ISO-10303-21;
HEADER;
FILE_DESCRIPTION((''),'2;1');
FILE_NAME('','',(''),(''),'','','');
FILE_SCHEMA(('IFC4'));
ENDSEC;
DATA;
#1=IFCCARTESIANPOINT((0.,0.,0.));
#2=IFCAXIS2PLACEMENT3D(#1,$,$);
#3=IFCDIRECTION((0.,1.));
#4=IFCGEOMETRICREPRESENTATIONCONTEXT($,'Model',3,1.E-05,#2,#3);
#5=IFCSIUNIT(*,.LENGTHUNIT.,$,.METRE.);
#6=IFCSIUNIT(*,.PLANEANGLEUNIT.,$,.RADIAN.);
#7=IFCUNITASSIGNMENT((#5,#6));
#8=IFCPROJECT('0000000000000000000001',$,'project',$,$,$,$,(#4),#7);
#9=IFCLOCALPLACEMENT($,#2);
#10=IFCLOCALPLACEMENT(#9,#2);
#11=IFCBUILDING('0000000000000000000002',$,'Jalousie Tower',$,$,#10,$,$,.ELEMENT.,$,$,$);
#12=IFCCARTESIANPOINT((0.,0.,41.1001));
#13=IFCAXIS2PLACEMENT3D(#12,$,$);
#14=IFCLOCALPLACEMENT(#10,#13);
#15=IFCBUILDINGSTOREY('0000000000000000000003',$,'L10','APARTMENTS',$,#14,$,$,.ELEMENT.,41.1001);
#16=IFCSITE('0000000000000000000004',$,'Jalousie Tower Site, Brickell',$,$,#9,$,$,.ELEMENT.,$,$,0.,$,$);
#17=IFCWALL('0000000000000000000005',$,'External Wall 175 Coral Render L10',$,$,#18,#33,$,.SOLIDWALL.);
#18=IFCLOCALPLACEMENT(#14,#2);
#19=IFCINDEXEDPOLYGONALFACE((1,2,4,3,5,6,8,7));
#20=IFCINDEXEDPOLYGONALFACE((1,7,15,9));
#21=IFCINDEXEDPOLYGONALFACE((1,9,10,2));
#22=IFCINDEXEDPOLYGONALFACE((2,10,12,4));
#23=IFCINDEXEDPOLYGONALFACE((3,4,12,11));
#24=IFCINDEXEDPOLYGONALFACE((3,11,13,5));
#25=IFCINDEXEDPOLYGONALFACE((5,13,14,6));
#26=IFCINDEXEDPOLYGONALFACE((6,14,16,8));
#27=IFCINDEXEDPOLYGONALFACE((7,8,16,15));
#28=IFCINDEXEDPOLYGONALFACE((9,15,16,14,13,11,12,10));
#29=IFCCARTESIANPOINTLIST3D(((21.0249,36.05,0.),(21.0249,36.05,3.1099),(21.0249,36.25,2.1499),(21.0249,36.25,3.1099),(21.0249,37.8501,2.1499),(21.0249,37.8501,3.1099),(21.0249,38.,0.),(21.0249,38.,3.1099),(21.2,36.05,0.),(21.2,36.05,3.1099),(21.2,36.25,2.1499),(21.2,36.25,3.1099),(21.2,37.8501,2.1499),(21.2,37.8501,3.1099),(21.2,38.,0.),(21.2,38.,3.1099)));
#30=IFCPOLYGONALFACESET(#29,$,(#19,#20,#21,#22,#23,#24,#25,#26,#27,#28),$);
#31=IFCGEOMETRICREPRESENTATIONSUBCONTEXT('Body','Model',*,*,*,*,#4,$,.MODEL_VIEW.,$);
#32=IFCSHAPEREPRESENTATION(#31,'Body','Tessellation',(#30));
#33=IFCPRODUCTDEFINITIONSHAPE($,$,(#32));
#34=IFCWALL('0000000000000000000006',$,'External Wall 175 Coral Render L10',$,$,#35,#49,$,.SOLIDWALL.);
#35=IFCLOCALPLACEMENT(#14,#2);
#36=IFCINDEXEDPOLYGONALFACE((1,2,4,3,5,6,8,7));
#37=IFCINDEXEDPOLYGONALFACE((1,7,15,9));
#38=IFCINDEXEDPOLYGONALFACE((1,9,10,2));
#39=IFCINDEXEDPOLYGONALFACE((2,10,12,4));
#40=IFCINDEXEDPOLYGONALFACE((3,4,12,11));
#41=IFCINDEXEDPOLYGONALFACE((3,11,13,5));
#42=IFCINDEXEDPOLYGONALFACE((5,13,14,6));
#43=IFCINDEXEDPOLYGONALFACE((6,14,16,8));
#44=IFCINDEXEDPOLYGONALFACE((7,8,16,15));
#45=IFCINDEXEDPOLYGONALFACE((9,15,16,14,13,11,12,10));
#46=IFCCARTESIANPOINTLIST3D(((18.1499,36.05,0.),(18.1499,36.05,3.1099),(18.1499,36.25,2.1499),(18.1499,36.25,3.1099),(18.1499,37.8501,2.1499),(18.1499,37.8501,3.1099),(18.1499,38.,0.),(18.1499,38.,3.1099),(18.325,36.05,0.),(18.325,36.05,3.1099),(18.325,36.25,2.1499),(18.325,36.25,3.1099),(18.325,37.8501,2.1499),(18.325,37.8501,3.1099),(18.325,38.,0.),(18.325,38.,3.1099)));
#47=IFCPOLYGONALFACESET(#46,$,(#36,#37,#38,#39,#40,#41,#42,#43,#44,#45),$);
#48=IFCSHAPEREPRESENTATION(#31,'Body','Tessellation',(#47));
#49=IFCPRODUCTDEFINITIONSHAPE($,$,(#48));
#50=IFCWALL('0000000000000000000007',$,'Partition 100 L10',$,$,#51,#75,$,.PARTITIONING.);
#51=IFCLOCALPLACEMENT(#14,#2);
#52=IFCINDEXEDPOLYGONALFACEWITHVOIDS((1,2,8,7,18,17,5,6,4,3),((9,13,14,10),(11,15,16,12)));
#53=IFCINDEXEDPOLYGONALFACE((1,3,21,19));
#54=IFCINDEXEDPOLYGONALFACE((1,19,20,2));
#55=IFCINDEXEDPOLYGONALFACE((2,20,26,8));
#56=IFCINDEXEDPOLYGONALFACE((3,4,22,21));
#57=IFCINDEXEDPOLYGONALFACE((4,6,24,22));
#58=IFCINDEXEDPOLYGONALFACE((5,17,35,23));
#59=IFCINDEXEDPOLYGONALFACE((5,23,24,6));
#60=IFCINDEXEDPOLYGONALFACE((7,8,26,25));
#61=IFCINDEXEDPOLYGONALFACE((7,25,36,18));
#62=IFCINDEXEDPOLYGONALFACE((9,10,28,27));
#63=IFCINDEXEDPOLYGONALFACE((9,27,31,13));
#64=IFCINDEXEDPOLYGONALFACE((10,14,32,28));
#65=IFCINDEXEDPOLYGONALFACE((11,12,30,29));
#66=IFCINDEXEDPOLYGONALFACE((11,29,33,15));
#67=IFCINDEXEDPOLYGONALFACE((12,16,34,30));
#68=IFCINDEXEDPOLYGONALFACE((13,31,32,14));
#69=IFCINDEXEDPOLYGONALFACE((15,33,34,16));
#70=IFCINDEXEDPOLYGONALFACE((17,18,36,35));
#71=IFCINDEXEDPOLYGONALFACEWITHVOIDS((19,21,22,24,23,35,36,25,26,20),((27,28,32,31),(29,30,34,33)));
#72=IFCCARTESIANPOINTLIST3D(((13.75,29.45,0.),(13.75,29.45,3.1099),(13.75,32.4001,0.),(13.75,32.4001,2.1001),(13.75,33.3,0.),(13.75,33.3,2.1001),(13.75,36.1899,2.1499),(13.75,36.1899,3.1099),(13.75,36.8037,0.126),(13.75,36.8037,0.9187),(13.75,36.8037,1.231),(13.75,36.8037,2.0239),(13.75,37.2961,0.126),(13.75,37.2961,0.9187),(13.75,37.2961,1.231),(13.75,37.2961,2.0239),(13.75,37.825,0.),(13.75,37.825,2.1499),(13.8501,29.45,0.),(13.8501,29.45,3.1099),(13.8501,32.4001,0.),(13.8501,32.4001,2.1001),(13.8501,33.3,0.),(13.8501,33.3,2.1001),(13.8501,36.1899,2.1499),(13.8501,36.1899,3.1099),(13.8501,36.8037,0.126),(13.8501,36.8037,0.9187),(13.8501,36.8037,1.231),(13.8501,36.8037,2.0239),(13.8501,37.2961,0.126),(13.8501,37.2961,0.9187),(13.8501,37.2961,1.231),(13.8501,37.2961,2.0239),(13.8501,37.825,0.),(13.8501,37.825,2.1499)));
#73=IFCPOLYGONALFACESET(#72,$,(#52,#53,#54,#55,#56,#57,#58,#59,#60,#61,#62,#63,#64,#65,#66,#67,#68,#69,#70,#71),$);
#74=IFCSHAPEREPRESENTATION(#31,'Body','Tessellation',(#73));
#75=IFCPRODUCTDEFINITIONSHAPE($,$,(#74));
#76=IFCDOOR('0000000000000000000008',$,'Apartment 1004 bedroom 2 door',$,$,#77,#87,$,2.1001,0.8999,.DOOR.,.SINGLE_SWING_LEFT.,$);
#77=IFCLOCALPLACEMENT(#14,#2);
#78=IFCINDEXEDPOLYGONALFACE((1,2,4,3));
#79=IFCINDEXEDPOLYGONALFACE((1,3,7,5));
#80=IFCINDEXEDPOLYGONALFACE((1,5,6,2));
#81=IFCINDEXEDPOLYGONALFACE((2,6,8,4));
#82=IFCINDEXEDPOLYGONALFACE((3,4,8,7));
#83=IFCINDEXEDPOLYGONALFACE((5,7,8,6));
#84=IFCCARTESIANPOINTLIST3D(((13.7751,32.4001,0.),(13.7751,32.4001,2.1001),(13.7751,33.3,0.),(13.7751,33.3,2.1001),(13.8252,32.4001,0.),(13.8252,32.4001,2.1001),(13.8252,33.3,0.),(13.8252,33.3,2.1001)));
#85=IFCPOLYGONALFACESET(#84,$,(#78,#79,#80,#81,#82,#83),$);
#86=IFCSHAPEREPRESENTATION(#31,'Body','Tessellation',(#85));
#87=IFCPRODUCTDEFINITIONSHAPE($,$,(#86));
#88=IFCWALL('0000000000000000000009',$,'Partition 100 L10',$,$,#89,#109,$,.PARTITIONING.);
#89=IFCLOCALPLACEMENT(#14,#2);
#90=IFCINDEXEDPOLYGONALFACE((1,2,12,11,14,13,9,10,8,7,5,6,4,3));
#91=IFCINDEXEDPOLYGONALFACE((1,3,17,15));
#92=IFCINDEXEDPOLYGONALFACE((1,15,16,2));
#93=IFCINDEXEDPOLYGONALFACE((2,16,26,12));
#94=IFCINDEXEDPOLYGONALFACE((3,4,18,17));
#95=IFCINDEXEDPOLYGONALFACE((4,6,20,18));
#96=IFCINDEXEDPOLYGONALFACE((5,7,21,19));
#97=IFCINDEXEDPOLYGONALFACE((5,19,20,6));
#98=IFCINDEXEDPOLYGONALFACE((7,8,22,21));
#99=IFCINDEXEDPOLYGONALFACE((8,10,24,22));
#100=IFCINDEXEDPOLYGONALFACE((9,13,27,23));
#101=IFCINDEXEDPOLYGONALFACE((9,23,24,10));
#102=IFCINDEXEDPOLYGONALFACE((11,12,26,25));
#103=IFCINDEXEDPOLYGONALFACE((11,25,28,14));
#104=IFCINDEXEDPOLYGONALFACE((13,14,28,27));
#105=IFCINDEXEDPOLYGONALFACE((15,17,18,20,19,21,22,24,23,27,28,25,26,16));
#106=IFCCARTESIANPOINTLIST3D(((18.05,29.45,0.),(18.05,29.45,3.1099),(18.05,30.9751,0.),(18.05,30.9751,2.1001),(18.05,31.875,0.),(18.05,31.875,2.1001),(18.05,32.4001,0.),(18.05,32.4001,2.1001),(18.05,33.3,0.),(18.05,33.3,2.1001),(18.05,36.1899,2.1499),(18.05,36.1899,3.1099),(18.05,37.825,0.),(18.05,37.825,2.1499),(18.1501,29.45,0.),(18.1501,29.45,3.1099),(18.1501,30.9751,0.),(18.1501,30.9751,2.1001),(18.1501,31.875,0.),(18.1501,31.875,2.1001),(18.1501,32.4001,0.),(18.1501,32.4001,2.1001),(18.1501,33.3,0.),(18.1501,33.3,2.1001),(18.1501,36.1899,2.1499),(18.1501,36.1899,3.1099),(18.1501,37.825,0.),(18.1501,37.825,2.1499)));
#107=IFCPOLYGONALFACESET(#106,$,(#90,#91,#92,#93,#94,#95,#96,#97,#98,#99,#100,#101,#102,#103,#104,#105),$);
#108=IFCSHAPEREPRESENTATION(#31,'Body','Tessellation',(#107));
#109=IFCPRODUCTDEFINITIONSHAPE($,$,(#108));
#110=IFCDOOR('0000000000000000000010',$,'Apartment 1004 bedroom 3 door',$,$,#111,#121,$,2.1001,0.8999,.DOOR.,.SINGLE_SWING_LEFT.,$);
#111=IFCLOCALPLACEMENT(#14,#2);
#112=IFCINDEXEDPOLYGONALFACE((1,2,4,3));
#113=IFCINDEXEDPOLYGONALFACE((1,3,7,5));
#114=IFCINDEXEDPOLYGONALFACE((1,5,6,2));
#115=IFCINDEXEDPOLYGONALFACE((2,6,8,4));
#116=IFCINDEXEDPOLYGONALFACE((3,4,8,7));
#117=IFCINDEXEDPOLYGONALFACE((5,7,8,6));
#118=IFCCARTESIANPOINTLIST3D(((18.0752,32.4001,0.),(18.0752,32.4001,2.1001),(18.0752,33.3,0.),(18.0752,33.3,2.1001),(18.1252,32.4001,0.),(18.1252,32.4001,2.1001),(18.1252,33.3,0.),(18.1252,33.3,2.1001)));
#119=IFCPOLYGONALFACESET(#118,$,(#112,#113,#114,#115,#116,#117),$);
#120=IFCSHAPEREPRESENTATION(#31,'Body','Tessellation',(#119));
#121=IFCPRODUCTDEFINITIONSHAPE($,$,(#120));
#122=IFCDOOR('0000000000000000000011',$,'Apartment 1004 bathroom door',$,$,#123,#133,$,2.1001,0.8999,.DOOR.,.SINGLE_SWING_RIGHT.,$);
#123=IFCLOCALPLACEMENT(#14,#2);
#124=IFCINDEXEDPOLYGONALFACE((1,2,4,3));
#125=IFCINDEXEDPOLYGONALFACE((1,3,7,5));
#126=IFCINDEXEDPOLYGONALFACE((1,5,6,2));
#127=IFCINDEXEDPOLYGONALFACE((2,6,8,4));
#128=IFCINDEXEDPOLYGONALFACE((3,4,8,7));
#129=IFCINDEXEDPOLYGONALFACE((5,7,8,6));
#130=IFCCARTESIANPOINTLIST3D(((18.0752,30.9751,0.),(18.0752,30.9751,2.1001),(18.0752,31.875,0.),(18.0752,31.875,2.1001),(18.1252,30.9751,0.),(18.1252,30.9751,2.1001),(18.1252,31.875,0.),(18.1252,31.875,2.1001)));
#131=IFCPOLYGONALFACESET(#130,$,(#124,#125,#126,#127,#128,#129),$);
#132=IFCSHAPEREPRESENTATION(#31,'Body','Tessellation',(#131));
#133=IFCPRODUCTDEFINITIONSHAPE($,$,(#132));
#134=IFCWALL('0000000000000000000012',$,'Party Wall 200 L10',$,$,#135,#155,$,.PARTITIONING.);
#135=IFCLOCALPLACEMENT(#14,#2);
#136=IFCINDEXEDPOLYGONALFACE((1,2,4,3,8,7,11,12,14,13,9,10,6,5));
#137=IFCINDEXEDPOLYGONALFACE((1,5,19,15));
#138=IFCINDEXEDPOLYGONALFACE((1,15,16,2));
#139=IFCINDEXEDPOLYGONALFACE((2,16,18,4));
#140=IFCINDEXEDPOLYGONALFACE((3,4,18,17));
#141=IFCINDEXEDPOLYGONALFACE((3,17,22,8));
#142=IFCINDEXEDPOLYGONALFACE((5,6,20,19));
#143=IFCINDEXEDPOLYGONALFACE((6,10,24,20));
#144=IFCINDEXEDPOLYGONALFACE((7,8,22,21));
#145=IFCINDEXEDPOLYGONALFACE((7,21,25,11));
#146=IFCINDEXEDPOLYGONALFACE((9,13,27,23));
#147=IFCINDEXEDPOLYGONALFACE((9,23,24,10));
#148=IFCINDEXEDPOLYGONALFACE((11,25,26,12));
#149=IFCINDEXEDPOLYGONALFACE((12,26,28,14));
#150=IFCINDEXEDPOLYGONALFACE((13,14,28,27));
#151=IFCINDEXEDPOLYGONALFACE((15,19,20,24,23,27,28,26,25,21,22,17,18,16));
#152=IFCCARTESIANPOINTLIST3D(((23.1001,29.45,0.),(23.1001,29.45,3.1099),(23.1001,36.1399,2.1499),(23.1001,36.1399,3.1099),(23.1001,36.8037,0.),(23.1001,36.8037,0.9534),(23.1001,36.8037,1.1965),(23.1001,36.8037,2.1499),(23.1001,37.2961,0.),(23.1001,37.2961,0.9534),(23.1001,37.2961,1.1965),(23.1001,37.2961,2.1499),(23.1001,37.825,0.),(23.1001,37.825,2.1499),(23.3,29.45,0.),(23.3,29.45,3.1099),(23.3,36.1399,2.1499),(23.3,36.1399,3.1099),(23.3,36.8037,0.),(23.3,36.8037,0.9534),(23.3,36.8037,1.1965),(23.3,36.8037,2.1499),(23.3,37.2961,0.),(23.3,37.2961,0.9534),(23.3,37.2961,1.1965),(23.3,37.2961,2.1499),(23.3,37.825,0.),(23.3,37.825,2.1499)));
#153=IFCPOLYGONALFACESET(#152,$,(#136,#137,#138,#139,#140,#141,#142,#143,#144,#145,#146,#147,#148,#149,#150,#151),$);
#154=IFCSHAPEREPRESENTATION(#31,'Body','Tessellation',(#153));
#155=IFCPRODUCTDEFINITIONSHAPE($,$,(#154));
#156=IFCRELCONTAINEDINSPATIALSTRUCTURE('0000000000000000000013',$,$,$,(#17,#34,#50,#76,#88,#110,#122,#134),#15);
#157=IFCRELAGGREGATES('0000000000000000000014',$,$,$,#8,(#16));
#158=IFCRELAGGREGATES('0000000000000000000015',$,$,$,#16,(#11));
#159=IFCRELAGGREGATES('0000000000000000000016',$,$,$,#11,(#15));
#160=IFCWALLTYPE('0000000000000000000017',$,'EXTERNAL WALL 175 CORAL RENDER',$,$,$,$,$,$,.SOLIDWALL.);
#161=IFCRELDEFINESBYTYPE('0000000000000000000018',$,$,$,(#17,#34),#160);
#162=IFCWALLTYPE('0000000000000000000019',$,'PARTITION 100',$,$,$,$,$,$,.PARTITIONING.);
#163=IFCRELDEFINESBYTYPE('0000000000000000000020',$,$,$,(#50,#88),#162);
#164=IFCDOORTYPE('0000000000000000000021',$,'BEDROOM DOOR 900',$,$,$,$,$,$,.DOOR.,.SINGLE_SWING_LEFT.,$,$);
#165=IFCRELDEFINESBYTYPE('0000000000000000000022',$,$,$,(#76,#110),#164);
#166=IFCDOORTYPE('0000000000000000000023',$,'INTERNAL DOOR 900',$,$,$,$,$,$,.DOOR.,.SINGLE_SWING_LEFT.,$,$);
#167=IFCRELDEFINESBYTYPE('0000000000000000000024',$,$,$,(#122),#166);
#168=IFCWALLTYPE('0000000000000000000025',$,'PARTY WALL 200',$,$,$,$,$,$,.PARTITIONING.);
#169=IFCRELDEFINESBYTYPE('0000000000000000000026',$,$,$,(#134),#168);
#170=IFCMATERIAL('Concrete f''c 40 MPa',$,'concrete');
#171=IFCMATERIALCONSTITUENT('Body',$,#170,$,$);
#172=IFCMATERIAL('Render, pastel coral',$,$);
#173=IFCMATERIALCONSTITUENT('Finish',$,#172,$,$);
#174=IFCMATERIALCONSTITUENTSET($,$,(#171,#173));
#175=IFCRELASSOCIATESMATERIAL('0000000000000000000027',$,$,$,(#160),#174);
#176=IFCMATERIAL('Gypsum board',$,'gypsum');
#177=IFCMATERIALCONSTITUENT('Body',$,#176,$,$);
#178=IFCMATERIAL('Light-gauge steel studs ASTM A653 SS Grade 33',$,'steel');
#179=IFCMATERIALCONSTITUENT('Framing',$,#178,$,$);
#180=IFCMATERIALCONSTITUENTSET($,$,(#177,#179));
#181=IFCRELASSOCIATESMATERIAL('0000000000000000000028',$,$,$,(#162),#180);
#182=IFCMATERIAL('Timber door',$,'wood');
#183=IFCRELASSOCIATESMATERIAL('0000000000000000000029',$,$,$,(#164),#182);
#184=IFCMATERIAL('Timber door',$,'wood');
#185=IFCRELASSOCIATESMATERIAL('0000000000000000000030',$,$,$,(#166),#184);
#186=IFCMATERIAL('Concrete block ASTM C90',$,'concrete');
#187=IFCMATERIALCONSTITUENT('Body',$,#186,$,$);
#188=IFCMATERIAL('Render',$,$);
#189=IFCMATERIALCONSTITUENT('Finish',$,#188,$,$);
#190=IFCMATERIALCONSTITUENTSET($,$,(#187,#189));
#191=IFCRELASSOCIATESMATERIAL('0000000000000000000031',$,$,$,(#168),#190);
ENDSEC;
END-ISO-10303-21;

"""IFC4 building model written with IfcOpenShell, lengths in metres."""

from ifc_helpers import new_model, si_unit, direction, frame, frame_2d, origin, place, context, subcontext, project, spatial, polyline, rectangle, outline, extrude, material, constituent, constituent_set, type_object, element, fill, save


model = new_model("IFC4")

# Units and contexts
model_context = context("Model", 3, precision=1e-05, world=origin(), true_north=direction((0.0, 1.0)))
body_context = subcontext(model_context, "Body", "Model", "MODEL_VIEW")
ifc_project = project(units=[si_unit("LENGTHUNIT", "METRE"), si_unit("PLANEANGLEUNIT", "RADIAN")], contexts=[model_context])

# Site, building, storey
site_placement = place(None, origin())
site = spatial("IfcSite", under=ifc_project, at=site_placement, Name="Jalousie Tower Site, Brickell", CompositionType="ELEMENT", RefElevation=0.0)
building_placement = place(site_placement, origin())
building = spatial("IfcBuilding", under=site, at=building_placement, Name="Jalousie Tower", CompositionType="ELEMENT")
storey_placement = place(building_placement, frame((0.0, 0.0, 41.1001)))
storey = spatial("IfcBuildingStorey", under=building, at=storey_placement, Name="L10", Description="APARTMENTS", CompositionType="ELEMENT", Elevation=41.1001)

# Shared definitions
ifc_material_1 = material(Name="Concrete f'c 40 MPa", Category="concrete")
ifc_constituent_1 = constituent(ifc_material_1, Name="Body")
ifc_material_2 = material(Name="Render, pastel coral")
ifc_constituent_2 = constituent(ifc_material_2, Name="Finish")
ifc_constituent_set_1 = constituent_set(constituents=[ifc_constituent_1, ifc_constituent_2])
wall_type_1 = type_object("IfcWallType", Name="EXTERNAL WALL 175 CORAL RENDER", PredefinedType="SOLIDWALL", material=ifc_constituent_set_1)

# Walls
for number, where, z_axis, x_axis, name in (
    (1, (21.1125, 38.0, 0.0), (0.0, 0.0, 1.0), (0.0, -1.0, 0.0), "External Wall 175 Coral Render L10"),
    (2, (18.2375, 38.0, 0.0), (0.0, 0.0, 1.0), (0.0, -1.0, 0.0), "External Wall 175 Coral Render L10"),
):
    element("IfcWall", number, at=place(storey_placement, frame(where, z_axis=z_axis, x_axis=x_axis)), inside=storey, type_object=wall_type_1, Name=name, PredefinedType="SOLIDWALL", context=body_context, shape_type="SweptSolid", body=[
        extrude(outline(polyline([(0.0, 0.0), (1.95, 0.0), (1.95, 3.1099), (1.75, 3.1099), (1.75, 2.1499), (0.1499, 2.1499), (0.1499, 3.1099), (0.0, 3.1099), (0.0, 0.0)])), frame((0.0, 0.0874, 0.0), z_axis=(0.0, -1.0, 0.0), x_axis=(1.0, 0.0, 0.0)), (0.0, 0.0, 1.0), 0.175),
    ])

# Wall, opening, door
ifc_material_3 = material(Name="Gypsum board", Category="gypsum")
ifc_constituent_3 = constituent(ifc_material_3, Name="Body")
ifc_material_4 = material(Name="Light-gauge steel studs ASTM A653 SS Grade 33", Category="steel")
ifc_constituent_4 = constituent(ifc_material_4, Name="Framing")
ifc_constituent_set_2 = constituent_set(constituents=[ifc_constituent_3, ifc_constituent_4])
wall_type_2 = type_object("IfcWallType", Name="PARTITION 100", PredefinedType="PARTITIONING", material=ifc_constituent_set_2)
wall_1_placement = place(storey_placement, frame((13.8, 37.825, 0.0), z_axis=(0.0, 0.0, 1.0), x_axis=(0.0, -1.0, 0.0)))
wall_1 = element("IfcWall", 3, at=wall_1_placement, inside=storey, type_object=wall_type_2, Name="Partition 100 L10", PredefinedType="PARTITIONING", context=body_context, shape_type="SweptSolid", body=[
    extrude(outline(polyline([(1.635, 2.1499), (0.0, 2.1499), (0.0, 0.0), (8.375, 0.0), (8.375, 3.1099), (1.635, 3.1099), (1.635, 2.1499)]), holes=[polyline([(1.0212, 0.126), (0.5288, 0.126), (0.5288, 0.9187), (1.0212, 0.9187), (1.0212, 0.126)]), polyline([(1.0212, 1.231), (0.5288, 1.231), (0.5288, 2.0239), (1.0212, 2.0239), (1.0212, 1.231)])]), frame((0.0, 0.05, 0.0), z_axis=(0.0, -1.0, 0.0), x_axis=(1.0, 0.0, 0.0)), (0.0, 0.0, 1.0), 0.1001),
])
opening_1_placement = place(wall_1_placement, frame((4.5249, 0.0, 0.0)))
opening_1 = element("IfcOpeningElement", 4, at=opening_1_placement, cuts=wall_1, PredefinedType="OPENING", context=body_context, shape_type="SweptSolid", body=[
    extrude(rectangle(XDim=0.8999, YDim=2.1001, at=frame_2d((0.45, 1.05))), frame((0.0, 0.0601, 0.0), z_axis=(0.0, -1.0, 0.0), x_axis=(1.0, 0.0, 0.0)), (0.0, 0.0, 1.0), 0.1201),
])
ifc_material_5 = material(Name="Timber door", Category="wood")
door_type_1 = type_object("IfcDoorType", Name="BEDROOM DOOR 900", OperationType="SINGLE_SWING_LEFT", PredefinedType="DOOR", material=ifc_material_5)
door_1_placement = place(opening_1_placement, frame((0.8999, 0.0, 0.0), z_axis=(0.0, 0.0, 1.0), x_axis=(-1.0, 0.0, 0.0)))
door_1 = element("IfcDoor", 5, at=door_1_placement, inside=storey, type_object=door_type_1, Name="Apartment 1004 bedroom 2 door", OperationType="SINGLE_SWING_LEFT", OverallHeight=2.1001, OverallWidth=0.8999, PredefinedType="DOOR", context=body_context, shape_type="SweptSolid", body=[
    extrude(rectangle(XDim=0.8999, YDim=2.1001, at=frame_2d((0.45, 1.05))), frame((0.0, 0.0249, 0.0), z_axis=(0.0, -1.0, 0.0), x_axis=(1.0, 0.0, 0.0)), (0.0, 0.0, 1.0), 0.05),
])
fill(opening_1, door_1)

# Wall, openings, doors
wall_2_placement = place(storey_placement, frame((18.1001, 37.825, 0.0), z_axis=(0.0, 0.0, 1.0), x_axis=(0.0, -1.0, 0.0)))
wall_2 = element("IfcWall", 6, at=wall_2_placement, inside=storey, type_object=wall_type_2, Name="Partition 100 L10", PredefinedType="PARTITIONING", context=body_context, shape_type="SweptSolid", body=[
    extrude(outline(polyline([(0.0, 0.0), (8.375, 0.0), (8.375, 3.1099), (1.635, 3.1099), (1.635, 2.1499), (0.0, 2.1499), (0.0, 3.1099), (0.0, 0.0)])), frame((0.0, 0.05, 0.0), z_axis=(0.0, -1.0, 0.0), x_axis=(1.0, 0.0, 0.0)), (0.0, 0.0, 1.0), 0.1001),
])
opening_2_placement = place(wall_2_placement, frame((4.5249, 0.0, 0.0)))
opening_2 = element("IfcOpeningElement", 7, at=opening_2_placement, cuts=wall_2, PredefinedType="OPENING", context=body_context, shape_type="SweptSolid", body=[
    extrude(rectangle(XDim=0.8999, YDim=2.1001, at=frame_2d((0.45, 1.05))), frame((0.0, 0.0601, 0.0), z_axis=(0.0, -1.0, 0.0), x_axis=(1.0, 0.0, 0.0)), (0.0, 0.0, 1.0), 0.1201),
])
opening_3_placement = place(wall_2_placement, frame((5.95, 0.0, 0.0)))
opening_3 = element("IfcOpeningElement", 8, at=opening_3_placement, cuts=wall_2, PredefinedType="OPENING", context=body_context, shape_type="SweptSolid", body=[
    extrude(rectangle(XDim=0.8999, YDim=2.1001, at=frame_2d((0.45, 1.05))), frame((0.0, 0.0601, 0.0), z_axis=(0.0, -1.0, 0.0), x_axis=(1.0, 0.0, 0.0)), (0.0, 0.0, 1.0), 0.1201),
])
door_2_placement = place(opening_2_placement, frame((0.8999, 0.0, 0.0), z_axis=(0.0, 0.0, 1.0), x_axis=(-1.0, 0.0, 0.0)))
door_2 = element("IfcDoor", 9, at=door_2_placement, inside=storey, type_object=door_type_1, Name="Apartment 1004 bedroom 3 door", OperationType="SINGLE_SWING_LEFT", OverallHeight=2.1001, OverallWidth=0.8999, PredefinedType="DOOR", context=body_context, shape_type="SweptSolid", body=[
    extrude(rectangle(XDim=0.8999, YDim=2.1001, at=frame_2d((0.45, 1.05))), frame((0.0, 0.0249, 0.0), z_axis=(0.0, -1.0, 0.0), x_axis=(1.0, 0.0, 0.0)), (0.0, 0.0, 1.0), 0.05),
])
fill(opening_2, door_2)
ifc_material_6 = material(Name="Timber door", Category="wood")
door_type_2 = type_object("IfcDoorType", Name="INTERNAL DOOR 900", OperationType="SINGLE_SWING_LEFT", PredefinedType="DOOR", material=ifc_material_6)
door_3_placement = place(opening_3_placement, frame((0.8999, 0.0, 0.0), z_axis=(0.0, 0.0, 1.0), x_axis=(-1.0, 0.0, 0.0)))
door_3 = element("IfcDoor", 10, at=door_3_placement, inside=storey, type_object=door_type_2, Name="Apartment 1004 bathroom door", OperationType="SINGLE_SWING_RIGHT", OverallHeight=2.1001, OverallWidth=0.8999, PredefinedType="DOOR", context=body_context, shape_type="SweptSolid", body=[
    extrude(rectangle(XDim=0.8999, YDim=2.1001, at=frame_2d((0.45, 1.05))), frame((0.0, 0.0249, 0.0), z_axis=(0.0, -1.0, 0.0), x_axis=(1.0, 0.0, 0.0)), (0.0, 0.0, 1.0), 0.05),
])
fill(opening_3, door_3)

# Wall
ifc_material_7 = material(Name="Concrete block ASTM C90", Category="concrete")
ifc_constituent_5 = constituent(ifc_material_7, Name="Body")
ifc_material_8 = material(Name="Render")
ifc_constituent_6 = constituent(ifc_material_8, Name="Finish")
ifc_constituent_set_3 = constituent_set(constituents=[ifc_constituent_5, ifc_constituent_6])
wall_type_3 = type_object("IfcWallType", Name="PARTY WALL 200", PredefinedType="PARTITIONING", material=ifc_constituent_set_3)
wall_3_placement = place(storey_placement, frame((23.2, 37.825, 0.0), z_axis=(0.0, 0.0, 1.0), x_axis=(0.0, -1.0, 0.0)))
element("IfcWall", 11, at=wall_3_placement, inside=storey, type_object=wall_type_3, Name="Party Wall 200 L10", PredefinedType="PARTITIONING", context=body_context, shape_type="SweptSolid", body=[
    extrude(outline(polyline([(0.5288, 2.1499), (0.0, 2.1499), (0.0, 0.0), (0.5288, 0.0), (0.5288, 0.9534), (1.0212, 0.9534), (1.0212, 0.0), (8.375, 0.0), (8.375, 3.1099), (1.6851, 3.1099), (1.6851, 2.1499), (1.0212, 2.1499), (1.0212, 1.1965), (0.5288, 1.1965), (0.5288, 2.1499)])), frame((0.0, 0.1001, 0.0), z_axis=(0.0, -1.0, 0.0), x_axis=(1.0, 0.0, 0.0)), (0.0, 0.0, 1.0), 0.2),
])

save(model, "model.ifc")
